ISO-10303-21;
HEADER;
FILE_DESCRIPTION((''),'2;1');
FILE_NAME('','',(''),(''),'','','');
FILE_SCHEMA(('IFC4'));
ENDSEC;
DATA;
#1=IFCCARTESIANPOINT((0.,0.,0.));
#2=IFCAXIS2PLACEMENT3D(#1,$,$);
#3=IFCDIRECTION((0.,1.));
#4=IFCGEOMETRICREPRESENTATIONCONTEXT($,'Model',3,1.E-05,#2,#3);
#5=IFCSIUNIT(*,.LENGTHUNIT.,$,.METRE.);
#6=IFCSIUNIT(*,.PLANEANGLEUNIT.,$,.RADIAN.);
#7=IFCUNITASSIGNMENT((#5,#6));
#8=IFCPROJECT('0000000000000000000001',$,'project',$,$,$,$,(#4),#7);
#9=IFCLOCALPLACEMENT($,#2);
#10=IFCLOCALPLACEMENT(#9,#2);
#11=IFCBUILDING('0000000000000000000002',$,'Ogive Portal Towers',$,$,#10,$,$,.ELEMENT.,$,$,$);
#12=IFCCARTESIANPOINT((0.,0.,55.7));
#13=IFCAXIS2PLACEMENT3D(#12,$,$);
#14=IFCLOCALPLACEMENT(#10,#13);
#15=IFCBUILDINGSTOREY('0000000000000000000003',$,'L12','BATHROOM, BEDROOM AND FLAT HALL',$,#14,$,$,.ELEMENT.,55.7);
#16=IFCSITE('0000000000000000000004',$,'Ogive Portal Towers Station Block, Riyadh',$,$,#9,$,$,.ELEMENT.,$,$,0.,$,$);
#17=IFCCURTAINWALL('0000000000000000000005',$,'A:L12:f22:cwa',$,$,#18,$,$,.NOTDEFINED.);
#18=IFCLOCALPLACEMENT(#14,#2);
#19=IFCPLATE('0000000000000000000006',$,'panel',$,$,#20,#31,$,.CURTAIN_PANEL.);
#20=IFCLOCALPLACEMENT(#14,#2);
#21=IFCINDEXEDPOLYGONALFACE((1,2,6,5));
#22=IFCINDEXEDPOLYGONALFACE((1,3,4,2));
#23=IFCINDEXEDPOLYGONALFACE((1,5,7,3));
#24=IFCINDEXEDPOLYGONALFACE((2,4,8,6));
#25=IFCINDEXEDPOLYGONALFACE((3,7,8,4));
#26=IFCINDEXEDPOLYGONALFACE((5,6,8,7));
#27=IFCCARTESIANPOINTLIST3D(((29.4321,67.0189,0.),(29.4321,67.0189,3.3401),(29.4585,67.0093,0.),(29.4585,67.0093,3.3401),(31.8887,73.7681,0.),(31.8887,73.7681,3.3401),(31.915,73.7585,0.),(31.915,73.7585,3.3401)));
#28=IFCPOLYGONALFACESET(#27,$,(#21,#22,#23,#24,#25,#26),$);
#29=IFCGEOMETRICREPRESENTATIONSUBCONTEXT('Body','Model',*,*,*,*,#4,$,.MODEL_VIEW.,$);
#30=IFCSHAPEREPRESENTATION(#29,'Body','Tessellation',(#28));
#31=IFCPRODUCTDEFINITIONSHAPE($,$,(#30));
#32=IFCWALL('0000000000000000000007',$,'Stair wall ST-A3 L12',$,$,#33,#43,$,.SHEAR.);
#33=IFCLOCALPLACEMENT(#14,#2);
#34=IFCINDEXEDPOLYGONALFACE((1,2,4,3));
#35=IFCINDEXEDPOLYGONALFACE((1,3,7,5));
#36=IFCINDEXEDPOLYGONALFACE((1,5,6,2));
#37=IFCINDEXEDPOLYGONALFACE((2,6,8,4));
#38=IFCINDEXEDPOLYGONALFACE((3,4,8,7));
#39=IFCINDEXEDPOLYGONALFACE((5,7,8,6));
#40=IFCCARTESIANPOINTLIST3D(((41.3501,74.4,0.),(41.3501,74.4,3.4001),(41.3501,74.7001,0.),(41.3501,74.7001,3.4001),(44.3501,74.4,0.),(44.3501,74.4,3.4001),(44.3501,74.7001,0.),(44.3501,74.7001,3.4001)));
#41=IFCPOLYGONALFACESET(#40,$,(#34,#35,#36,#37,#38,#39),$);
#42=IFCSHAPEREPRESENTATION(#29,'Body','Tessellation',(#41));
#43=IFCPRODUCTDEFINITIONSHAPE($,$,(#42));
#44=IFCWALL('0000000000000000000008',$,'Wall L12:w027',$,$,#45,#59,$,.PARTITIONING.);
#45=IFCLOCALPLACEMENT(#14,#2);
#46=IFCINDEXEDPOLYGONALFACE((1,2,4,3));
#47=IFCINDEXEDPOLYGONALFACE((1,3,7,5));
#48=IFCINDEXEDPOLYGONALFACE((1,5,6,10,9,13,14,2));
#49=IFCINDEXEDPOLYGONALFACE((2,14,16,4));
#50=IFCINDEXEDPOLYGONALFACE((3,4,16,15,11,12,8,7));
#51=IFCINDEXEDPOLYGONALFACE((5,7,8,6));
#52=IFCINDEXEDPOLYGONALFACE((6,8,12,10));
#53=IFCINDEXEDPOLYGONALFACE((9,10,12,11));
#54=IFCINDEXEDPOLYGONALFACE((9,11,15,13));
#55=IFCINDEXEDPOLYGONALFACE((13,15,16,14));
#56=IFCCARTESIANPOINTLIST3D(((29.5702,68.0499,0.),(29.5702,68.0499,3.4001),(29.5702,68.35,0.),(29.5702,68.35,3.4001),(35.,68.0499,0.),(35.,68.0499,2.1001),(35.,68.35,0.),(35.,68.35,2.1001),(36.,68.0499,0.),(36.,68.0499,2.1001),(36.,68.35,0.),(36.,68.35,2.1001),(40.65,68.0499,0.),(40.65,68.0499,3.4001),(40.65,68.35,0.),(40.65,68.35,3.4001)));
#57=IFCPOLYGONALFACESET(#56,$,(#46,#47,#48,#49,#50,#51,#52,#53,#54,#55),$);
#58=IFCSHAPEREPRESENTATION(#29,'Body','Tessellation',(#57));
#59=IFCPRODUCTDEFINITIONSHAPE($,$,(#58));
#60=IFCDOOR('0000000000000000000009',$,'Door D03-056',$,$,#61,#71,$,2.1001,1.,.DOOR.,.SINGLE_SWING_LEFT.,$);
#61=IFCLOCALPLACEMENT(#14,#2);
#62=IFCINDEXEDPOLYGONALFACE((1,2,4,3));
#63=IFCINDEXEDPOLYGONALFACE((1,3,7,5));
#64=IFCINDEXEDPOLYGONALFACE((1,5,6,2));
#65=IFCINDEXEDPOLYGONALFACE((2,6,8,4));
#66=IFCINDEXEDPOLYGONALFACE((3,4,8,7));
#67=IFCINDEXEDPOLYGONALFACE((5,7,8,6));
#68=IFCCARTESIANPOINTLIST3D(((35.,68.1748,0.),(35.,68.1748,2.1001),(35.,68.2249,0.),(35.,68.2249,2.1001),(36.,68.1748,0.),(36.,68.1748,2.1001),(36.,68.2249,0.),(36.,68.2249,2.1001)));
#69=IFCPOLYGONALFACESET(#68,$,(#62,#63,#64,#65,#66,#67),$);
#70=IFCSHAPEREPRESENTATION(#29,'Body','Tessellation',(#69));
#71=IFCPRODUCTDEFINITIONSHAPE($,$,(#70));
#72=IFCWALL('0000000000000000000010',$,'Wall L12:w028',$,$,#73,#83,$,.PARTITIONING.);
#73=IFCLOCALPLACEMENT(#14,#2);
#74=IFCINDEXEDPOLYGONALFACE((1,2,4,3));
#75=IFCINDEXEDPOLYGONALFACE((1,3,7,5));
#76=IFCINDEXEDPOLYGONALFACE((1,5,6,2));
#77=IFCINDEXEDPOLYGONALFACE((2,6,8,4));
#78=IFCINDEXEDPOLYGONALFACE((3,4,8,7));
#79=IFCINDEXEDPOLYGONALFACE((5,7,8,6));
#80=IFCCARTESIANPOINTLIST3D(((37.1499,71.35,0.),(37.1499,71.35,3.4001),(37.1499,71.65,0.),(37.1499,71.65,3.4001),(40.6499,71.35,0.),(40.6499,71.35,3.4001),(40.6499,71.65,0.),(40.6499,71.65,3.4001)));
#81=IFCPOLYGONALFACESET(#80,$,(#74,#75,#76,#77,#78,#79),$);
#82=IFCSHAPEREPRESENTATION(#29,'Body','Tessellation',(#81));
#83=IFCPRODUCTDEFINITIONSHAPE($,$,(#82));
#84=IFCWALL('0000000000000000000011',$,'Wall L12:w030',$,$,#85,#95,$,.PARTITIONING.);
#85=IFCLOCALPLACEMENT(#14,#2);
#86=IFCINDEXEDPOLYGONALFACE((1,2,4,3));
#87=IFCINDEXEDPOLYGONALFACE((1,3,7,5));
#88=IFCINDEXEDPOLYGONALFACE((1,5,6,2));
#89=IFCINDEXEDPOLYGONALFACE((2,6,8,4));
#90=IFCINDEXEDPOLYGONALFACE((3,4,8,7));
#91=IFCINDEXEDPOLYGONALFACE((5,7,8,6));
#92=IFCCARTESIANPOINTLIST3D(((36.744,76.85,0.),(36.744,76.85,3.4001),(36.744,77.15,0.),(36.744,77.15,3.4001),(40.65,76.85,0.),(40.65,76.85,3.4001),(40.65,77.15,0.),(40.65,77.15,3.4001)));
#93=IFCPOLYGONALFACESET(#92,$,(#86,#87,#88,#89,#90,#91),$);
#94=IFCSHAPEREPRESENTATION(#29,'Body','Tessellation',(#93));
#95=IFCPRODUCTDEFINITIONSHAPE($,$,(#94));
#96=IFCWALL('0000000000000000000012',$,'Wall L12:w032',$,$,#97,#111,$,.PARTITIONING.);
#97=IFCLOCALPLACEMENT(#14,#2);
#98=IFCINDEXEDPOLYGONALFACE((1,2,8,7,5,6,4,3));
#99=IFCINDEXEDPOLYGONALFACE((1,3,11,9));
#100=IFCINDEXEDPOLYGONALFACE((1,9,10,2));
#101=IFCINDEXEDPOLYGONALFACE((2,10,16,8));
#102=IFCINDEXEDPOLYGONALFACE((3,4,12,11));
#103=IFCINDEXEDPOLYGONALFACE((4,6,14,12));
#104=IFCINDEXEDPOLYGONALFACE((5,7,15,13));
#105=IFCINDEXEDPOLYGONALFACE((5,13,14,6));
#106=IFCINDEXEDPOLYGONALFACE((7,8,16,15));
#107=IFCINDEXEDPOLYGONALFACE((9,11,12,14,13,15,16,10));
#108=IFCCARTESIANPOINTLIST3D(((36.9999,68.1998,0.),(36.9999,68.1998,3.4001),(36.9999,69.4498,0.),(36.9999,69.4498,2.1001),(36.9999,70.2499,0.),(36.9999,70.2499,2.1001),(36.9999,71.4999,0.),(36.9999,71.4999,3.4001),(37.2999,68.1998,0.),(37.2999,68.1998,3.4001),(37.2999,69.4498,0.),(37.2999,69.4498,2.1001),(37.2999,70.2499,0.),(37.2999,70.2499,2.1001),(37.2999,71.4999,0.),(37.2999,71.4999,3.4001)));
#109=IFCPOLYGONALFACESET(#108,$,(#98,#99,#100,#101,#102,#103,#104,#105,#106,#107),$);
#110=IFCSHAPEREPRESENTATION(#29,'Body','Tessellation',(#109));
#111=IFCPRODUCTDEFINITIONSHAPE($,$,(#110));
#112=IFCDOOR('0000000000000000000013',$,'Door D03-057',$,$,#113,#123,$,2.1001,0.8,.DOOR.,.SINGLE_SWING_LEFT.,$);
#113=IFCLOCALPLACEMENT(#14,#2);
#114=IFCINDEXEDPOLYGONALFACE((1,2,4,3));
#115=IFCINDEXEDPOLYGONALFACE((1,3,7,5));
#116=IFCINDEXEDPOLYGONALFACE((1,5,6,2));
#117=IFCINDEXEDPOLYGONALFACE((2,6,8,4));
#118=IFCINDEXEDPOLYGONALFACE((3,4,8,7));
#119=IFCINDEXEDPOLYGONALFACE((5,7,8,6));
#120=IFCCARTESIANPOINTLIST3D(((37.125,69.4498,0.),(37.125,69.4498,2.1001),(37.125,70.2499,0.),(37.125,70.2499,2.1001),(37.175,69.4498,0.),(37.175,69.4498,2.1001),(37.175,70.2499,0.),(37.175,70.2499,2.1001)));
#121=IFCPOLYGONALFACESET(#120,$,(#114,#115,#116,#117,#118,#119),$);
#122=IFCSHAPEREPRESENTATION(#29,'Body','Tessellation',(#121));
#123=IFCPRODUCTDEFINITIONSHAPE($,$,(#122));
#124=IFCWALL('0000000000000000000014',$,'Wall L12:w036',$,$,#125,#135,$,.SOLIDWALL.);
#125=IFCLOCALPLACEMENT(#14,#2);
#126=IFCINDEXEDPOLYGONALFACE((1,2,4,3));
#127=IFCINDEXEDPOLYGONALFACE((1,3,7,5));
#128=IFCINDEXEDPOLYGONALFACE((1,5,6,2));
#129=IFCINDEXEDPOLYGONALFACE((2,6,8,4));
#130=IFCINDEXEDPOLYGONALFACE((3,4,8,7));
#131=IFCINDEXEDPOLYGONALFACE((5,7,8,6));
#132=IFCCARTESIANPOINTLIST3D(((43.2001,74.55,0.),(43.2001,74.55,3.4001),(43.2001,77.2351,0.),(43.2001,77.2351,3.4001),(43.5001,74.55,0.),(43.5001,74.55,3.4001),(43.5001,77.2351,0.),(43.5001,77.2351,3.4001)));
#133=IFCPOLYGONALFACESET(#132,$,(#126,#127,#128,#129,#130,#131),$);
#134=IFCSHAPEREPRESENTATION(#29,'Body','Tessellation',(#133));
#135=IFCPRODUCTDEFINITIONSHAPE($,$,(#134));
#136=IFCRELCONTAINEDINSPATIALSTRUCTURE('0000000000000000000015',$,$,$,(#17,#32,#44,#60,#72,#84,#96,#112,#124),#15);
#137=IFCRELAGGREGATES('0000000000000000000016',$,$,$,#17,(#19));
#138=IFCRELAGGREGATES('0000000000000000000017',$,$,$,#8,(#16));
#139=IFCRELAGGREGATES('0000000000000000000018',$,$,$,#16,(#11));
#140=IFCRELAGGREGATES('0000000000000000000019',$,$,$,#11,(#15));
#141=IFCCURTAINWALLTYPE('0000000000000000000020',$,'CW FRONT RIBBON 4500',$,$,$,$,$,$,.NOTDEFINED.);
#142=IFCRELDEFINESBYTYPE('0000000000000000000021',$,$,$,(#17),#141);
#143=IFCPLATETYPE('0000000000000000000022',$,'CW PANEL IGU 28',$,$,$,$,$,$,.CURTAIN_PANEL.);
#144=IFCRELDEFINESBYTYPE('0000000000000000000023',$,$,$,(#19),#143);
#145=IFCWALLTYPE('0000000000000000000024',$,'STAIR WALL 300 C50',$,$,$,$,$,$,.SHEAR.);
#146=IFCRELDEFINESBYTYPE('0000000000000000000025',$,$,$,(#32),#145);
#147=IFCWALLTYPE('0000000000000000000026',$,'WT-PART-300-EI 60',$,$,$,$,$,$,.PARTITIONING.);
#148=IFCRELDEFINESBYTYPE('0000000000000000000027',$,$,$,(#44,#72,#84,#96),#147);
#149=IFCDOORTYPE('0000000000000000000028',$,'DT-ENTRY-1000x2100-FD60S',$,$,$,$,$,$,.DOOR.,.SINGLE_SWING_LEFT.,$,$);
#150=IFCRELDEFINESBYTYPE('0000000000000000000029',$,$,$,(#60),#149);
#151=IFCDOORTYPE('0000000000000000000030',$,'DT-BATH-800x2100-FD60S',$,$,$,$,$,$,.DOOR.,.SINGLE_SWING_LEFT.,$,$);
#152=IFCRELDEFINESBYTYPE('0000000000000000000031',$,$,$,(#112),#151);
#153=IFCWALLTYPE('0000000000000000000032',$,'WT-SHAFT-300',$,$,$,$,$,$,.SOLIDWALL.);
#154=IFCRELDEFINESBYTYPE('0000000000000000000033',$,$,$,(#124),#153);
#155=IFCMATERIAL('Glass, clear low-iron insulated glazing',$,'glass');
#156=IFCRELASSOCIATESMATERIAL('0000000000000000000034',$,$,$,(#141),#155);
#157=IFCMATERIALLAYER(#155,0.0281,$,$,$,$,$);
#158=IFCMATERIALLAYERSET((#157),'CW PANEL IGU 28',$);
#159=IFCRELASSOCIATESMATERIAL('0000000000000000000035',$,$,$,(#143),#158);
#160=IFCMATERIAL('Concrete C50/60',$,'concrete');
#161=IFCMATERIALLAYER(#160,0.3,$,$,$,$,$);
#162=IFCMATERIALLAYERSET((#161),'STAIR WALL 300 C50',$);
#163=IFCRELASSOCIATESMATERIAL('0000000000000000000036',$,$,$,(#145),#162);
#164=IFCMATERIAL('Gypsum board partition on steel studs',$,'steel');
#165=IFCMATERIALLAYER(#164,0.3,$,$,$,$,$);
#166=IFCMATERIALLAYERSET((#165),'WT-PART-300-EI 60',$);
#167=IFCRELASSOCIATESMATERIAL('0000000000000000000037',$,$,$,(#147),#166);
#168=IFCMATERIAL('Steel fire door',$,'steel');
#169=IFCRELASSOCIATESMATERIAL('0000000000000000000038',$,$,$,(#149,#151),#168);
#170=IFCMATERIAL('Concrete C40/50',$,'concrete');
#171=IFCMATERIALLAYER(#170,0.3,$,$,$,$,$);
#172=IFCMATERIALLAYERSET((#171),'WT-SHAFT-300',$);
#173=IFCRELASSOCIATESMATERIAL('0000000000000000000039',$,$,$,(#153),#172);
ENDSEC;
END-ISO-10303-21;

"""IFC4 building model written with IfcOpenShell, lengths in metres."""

from ifc_helpers import new_model, si_unit, direction, frame, frame_2d, origin, origin_2d, place, context, subcontext, project, spatial, rectangle, extrude, material, layer, layer_set, type_object, element, fill, aggregate, save


model = new_model("IFC4")

# Units and contexts
model_context = context("Model", 3, precision=1e-05, world=origin(), true_north=direction((0.0, 1.0)))
body_context = subcontext(model_context, "Body", "Model", "MODEL_VIEW")
ifc_project = project(units=[si_unit("LENGTHUNIT", "METRE"), si_unit("PLANEANGLEUNIT", "RADIAN")], contexts=[model_context])

# Site, building, storey
site_placement = place(None, origin())
site = spatial("IfcSite", under=ifc_project, at=site_placement, Name="Ogive Portal Towers Station Block, Riyadh", CompositionType="ELEMENT", RefElevation=0.0)
building_placement = place(site_placement, origin())
building = spatial("IfcBuilding", under=site, at=building_placement, Name="Ogive Portal Towers", CompositionType="ELEMENT")
storey_placement = place(building_placement, frame((0.0, 0.0, 55.7)))
storey = spatial("IfcBuildingStorey", under=building, at=storey_placement, Name="L12", Description="BATHROOM, BEDROOM AND FLAT HALL", CompositionType="ELEMENT", Elevation=55.7)

# Shared definitions
ifc_material_1 = material(Name="Concrete C40/50", Category="concrete")

# Curtain wall, plate
ifc_material_2 = material(Name="Glass, clear low-iron insulated glazing", Category="glass")
curtain_wall_type = type_object("IfcCurtainWallType", Name="CW FRONT RIBBON 4500", PredefinedType="NOTDEFINED", material=ifc_material_2)
curtain_wall_placement = place(storey_placement, origin())
curtain_wall = element("IfcCurtainWall", 1, at=curtain_wall_placement, inside=storey, type_object=curtain_wall_type, Name="A:L12:f22:cwa", PredefinedType="NOTDEFINED")
ifc_layer_1 = layer(ifc_material_2, 0.0281)
ifc_layer_set_1 = layer_set([ifc_layer_1], Name="CW PANEL IGU 28")
plate_type = type_object("IfcPlateType", Name="CW PANEL IGU 28", PredefinedType="CURTAIN_PANEL", material=ifc_layer_set_1)
plate_1_placement = place(storey_placement, frame((30.6736, 70.3887, 0.0), z_axis=(0.0, 0.0, 1.0), x_axis=(-0.34202, -0.939693, 0.0)))
plate_1 = element("IfcPlate", 2, at=plate_1_placement, type_object=plate_type, Name="panel", PredefinedType="CURTAIN_PANEL", context=body_context, shape_type="SweptSolid", body=[
    extrude(rectangle(XDim=7.1824, YDim=0.0281, at=origin_2d()), origin(), (0.0, 0.0, 1.0), 3.3401),
])
aggregate(curtain_wall, [plate_1])

# Wall
ifc_material_3 = material(Name="Concrete C50/60", Category="concrete")
ifc_layer_2 = layer(ifc_material_3, 0.3)
ifc_layer_set_2 = layer_set([ifc_layer_2], Name="STAIR WALL 300 C50")
wall_type_1 = type_object("IfcWallType", Name="STAIR WALL 300 C50", PredefinedType="SHEAR", material=ifc_layer_set_2)
wall_1_placement = place(storey_placement, frame((41.3501, 74.55, 0.0), z_axis=(0.0, 0.0, 1.0), x_axis=(1.0, 0.0, 0.0)))
element("IfcWall", 3, at=wall_1_placement, inside=storey, type_object=wall_type_1, Name="Stair wall ST-A3 L12", PredefinedType="SHEAR", context=body_context, shape_type="SweptSolid", body=[
    extrude(rectangle(XDim=3.0, YDim=0.3, at=frame_2d((1.5, 0.0))), origin(), (0.0, 0.0, 1.0), 3.4001),
])

# Wall, opening, door
ifc_material_4 = material(Name="Gypsum board partition on steel studs", Category="steel")
ifc_layer_3 = layer(ifc_material_4, 0.3)
ifc_layer_set_3 = layer_set([ifc_layer_3], Name="WT-PART-300-EI 60")
wall_type_2 = type_object("IfcWallType", Name="WT-PART-300-EI 60", PredefinedType="PARTITIONING", material=ifc_layer_set_3)
wall_2_placement = place(storey_placement, frame((29.5701, 68.2, 0.0), z_axis=(0.0, 0.0, 1.0), x_axis=(1.0, 0.0, 0.0)))
wall_2 = element("IfcWall", 4, at=wall_2_placement, inside=storey, type_object=wall_type_2, Name="Wall L12:w027", PredefinedType="PARTITIONING", context=body_context, shape_type="SweptSolid", body=[
    extrude(rectangle(XDim=11.0798, YDim=0.3, at=frame_2d((5.54, 0.0))), origin(), (0.0, 0.0, 1.0), 3.4001),
])
opening_1_placement = place(wall_2_placement, frame((5.4299, 0.0, 0.0)))
opening_1 = element("IfcOpeningElement", 5, at=opening_1_placement, cuts=wall_2, PredefinedType="OPENING", context=body_context, shape_type="SweptSolid", body=[
    extrude(rectangle(XDim=1.0, YDim=2.1001, at=frame_2d((0.5, 1.05))), frame((0.0, 0.1602, 0.0), z_axis=(0.0, -1.0, 0.0), x_axis=(1.0, 0.0, 0.0)), (0.0, 0.0, 1.0), 0.3201),
])
ifc_material_5 = material(Name="Steel fire door", Category="steel")
door_type_1 = type_object("IfcDoorType", Name="DT-ENTRY-1000x2100-FD60S", OperationType="SINGLE_SWING_LEFT", PredefinedType="DOOR", material=ifc_material_5)
door_1_placement = place(opening_1_placement, origin())
door_1 = element("IfcDoor", 6, at=door_1_placement, inside=storey, type_object=door_type_1, Name="Door D03-056", OperationType="SINGLE_SWING_LEFT", OverallHeight=2.1001, OverallWidth=1.0, PredefinedType="DOOR", context=body_context, shape_type="SweptSolid", body=[
    extrude(rectangle(XDim=1.0, YDim=2.1001, at=frame_2d((0.5, 1.05))), frame((0.0, 0.0249, 0.0), z_axis=(0.0, -1.0, 0.0), x_axis=(1.0, 0.0, 0.0)), (0.0, 0.0, 1.0), 0.05),
])
fill(opening_1, door_1)

# Walls
wall_3_placement = place(storey_placement, frame((37.1499, 71.5, 0.0), z_axis=(0.0, 0.0, 1.0), x_axis=(1.0, 0.0, 0.0)))
element("IfcWall", 7, at=wall_3_placement, inside=storey, type_object=wall_type_2, Name="Wall L12:w028", PredefinedType="PARTITIONING", context=body_context, shape_type="SweptSolid", body=[
    extrude(rectangle(XDim=3.5, YDim=0.3, at=frame_2d((1.75, 0.0))), origin(), (0.0, 0.0, 1.0), 3.4001),
])
wall_4_placement = place(storey_placement, frame((36.7439, 77.0, 0.0), z_axis=(0.0, 0.0, 1.0), x_axis=(1.0, 0.0, 0.0)))
element("IfcWall", 8, at=wall_4_placement, inside=storey, type_object=wall_type_2, Name="Wall L12:w030", PredefinedType="PARTITIONING", context=body_context, shape_type="SweptSolid", body=[
    extrude(rectangle(XDim=3.906, YDim=0.3, at=frame_2d((1.9531, 0.0))), origin(), (0.0, 0.0, 1.0), 3.4001),
])

# Wall, opening, door
wall_5_placement = place(storey_placement, frame((37.1499, 68.2, 0.0), z_axis=(0.0, 0.0, 1.0), x_axis=(0.0, 1.0, 0.0)))
wall_5 = element("IfcWall", 9, at=wall_5_placement, inside=storey, type_object=wall_type_2, Name="Wall L12:w032", PredefinedType="PARTITIONING", context=body_context, shape_type="SweptSolid", body=[
    extrude(rectangle(XDim=3.3, YDim=0.3, at=frame_2d((1.6499, 0.0))), origin(), (0.0, 0.0, 1.0), 3.4001),
])
opening_2_placement = place(wall_5_placement, frame((1.25, 0.0, 0.0)))
opening_2 = element("IfcOpeningElement", 10, at=opening_2_placement, cuts=wall_5, PredefinedType="OPENING", context=body_context, shape_type="SweptSolid", body=[
    extrude(rectangle(XDim=0.8, YDim=2.1001, at=frame_2d((0.3999, 1.05))), frame((0.0, 0.1602, 0.0), z_axis=(0.0, -1.0, 0.0), x_axis=(1.0, 0.0, 0.0)), (0.0, 0.0, 1.0), 0.3201),
])
door_type_2 = type_object("IfcDoorType", Name="DT-BATH-800x2100-FD60S", OperationType="SINGLE_SWING_LEFT", PredefinedType="DOOR", material=ifc_material_5)
door_2_placement = place(opening_2_placement, origin())
door_2 = element("IfcDoor", 11, at=door_2_placement, inside=storey, type_object=door_type_2, Name="Door D03-057", OperationType="SINGLE_SWING_LEFT", OverallHeight=2.1001, OverallWidth=0.8, PredefinedType="DOOR", context=body_context, shape_type="SweptSolid", body=[
    extrude(rectangle(XDim=0.8, YDim=2.1001, at=frame_2d((0.3999, 1.05))), frame((0.0, 0.0249, 0.0), z_axis=(0.0, -1.0, 0.0), x_axis=(1.0, 0.0, 0.0)), (0.0, 0.0, 1.0), 0.05),
])
fill(opening_2, door_2)

# Wall
ifc_layer_4 = layer(ifc_material_1, 0.3)
ifc_layer_set_4 = layer_set([ifc_layer_4], Name="WT-SHAFT-300")
wall_type_3 = type_object("IfcWallType", Name="WT-SHAFT-300", PredefinedType="SOLIDWALL", material=ifc_layer_set_4)
wall_6_placement = place(storey_placement, frame((43.3501, 74.55, 0.0), z_axis=(0.0, 0.0, 1.0), x_axis=(0.0, 1.0, 0.0)))
element("IfcWall", 12, at=wall_6_placement, inside=storey, type_object=wall_type_3, Name="Wall L12:w036", PredefinedType="SOLIDWALL", context=body_context, shape_type="SweptSolid", body=[
    extrude(rectangle(XDim=2.6851, YDim=0.3, at=frame_2d((1.3425, 0.0))), origin(), (0.0, 0.0, 1.0), 3.4001),
])

save(model, "model.ifc")
